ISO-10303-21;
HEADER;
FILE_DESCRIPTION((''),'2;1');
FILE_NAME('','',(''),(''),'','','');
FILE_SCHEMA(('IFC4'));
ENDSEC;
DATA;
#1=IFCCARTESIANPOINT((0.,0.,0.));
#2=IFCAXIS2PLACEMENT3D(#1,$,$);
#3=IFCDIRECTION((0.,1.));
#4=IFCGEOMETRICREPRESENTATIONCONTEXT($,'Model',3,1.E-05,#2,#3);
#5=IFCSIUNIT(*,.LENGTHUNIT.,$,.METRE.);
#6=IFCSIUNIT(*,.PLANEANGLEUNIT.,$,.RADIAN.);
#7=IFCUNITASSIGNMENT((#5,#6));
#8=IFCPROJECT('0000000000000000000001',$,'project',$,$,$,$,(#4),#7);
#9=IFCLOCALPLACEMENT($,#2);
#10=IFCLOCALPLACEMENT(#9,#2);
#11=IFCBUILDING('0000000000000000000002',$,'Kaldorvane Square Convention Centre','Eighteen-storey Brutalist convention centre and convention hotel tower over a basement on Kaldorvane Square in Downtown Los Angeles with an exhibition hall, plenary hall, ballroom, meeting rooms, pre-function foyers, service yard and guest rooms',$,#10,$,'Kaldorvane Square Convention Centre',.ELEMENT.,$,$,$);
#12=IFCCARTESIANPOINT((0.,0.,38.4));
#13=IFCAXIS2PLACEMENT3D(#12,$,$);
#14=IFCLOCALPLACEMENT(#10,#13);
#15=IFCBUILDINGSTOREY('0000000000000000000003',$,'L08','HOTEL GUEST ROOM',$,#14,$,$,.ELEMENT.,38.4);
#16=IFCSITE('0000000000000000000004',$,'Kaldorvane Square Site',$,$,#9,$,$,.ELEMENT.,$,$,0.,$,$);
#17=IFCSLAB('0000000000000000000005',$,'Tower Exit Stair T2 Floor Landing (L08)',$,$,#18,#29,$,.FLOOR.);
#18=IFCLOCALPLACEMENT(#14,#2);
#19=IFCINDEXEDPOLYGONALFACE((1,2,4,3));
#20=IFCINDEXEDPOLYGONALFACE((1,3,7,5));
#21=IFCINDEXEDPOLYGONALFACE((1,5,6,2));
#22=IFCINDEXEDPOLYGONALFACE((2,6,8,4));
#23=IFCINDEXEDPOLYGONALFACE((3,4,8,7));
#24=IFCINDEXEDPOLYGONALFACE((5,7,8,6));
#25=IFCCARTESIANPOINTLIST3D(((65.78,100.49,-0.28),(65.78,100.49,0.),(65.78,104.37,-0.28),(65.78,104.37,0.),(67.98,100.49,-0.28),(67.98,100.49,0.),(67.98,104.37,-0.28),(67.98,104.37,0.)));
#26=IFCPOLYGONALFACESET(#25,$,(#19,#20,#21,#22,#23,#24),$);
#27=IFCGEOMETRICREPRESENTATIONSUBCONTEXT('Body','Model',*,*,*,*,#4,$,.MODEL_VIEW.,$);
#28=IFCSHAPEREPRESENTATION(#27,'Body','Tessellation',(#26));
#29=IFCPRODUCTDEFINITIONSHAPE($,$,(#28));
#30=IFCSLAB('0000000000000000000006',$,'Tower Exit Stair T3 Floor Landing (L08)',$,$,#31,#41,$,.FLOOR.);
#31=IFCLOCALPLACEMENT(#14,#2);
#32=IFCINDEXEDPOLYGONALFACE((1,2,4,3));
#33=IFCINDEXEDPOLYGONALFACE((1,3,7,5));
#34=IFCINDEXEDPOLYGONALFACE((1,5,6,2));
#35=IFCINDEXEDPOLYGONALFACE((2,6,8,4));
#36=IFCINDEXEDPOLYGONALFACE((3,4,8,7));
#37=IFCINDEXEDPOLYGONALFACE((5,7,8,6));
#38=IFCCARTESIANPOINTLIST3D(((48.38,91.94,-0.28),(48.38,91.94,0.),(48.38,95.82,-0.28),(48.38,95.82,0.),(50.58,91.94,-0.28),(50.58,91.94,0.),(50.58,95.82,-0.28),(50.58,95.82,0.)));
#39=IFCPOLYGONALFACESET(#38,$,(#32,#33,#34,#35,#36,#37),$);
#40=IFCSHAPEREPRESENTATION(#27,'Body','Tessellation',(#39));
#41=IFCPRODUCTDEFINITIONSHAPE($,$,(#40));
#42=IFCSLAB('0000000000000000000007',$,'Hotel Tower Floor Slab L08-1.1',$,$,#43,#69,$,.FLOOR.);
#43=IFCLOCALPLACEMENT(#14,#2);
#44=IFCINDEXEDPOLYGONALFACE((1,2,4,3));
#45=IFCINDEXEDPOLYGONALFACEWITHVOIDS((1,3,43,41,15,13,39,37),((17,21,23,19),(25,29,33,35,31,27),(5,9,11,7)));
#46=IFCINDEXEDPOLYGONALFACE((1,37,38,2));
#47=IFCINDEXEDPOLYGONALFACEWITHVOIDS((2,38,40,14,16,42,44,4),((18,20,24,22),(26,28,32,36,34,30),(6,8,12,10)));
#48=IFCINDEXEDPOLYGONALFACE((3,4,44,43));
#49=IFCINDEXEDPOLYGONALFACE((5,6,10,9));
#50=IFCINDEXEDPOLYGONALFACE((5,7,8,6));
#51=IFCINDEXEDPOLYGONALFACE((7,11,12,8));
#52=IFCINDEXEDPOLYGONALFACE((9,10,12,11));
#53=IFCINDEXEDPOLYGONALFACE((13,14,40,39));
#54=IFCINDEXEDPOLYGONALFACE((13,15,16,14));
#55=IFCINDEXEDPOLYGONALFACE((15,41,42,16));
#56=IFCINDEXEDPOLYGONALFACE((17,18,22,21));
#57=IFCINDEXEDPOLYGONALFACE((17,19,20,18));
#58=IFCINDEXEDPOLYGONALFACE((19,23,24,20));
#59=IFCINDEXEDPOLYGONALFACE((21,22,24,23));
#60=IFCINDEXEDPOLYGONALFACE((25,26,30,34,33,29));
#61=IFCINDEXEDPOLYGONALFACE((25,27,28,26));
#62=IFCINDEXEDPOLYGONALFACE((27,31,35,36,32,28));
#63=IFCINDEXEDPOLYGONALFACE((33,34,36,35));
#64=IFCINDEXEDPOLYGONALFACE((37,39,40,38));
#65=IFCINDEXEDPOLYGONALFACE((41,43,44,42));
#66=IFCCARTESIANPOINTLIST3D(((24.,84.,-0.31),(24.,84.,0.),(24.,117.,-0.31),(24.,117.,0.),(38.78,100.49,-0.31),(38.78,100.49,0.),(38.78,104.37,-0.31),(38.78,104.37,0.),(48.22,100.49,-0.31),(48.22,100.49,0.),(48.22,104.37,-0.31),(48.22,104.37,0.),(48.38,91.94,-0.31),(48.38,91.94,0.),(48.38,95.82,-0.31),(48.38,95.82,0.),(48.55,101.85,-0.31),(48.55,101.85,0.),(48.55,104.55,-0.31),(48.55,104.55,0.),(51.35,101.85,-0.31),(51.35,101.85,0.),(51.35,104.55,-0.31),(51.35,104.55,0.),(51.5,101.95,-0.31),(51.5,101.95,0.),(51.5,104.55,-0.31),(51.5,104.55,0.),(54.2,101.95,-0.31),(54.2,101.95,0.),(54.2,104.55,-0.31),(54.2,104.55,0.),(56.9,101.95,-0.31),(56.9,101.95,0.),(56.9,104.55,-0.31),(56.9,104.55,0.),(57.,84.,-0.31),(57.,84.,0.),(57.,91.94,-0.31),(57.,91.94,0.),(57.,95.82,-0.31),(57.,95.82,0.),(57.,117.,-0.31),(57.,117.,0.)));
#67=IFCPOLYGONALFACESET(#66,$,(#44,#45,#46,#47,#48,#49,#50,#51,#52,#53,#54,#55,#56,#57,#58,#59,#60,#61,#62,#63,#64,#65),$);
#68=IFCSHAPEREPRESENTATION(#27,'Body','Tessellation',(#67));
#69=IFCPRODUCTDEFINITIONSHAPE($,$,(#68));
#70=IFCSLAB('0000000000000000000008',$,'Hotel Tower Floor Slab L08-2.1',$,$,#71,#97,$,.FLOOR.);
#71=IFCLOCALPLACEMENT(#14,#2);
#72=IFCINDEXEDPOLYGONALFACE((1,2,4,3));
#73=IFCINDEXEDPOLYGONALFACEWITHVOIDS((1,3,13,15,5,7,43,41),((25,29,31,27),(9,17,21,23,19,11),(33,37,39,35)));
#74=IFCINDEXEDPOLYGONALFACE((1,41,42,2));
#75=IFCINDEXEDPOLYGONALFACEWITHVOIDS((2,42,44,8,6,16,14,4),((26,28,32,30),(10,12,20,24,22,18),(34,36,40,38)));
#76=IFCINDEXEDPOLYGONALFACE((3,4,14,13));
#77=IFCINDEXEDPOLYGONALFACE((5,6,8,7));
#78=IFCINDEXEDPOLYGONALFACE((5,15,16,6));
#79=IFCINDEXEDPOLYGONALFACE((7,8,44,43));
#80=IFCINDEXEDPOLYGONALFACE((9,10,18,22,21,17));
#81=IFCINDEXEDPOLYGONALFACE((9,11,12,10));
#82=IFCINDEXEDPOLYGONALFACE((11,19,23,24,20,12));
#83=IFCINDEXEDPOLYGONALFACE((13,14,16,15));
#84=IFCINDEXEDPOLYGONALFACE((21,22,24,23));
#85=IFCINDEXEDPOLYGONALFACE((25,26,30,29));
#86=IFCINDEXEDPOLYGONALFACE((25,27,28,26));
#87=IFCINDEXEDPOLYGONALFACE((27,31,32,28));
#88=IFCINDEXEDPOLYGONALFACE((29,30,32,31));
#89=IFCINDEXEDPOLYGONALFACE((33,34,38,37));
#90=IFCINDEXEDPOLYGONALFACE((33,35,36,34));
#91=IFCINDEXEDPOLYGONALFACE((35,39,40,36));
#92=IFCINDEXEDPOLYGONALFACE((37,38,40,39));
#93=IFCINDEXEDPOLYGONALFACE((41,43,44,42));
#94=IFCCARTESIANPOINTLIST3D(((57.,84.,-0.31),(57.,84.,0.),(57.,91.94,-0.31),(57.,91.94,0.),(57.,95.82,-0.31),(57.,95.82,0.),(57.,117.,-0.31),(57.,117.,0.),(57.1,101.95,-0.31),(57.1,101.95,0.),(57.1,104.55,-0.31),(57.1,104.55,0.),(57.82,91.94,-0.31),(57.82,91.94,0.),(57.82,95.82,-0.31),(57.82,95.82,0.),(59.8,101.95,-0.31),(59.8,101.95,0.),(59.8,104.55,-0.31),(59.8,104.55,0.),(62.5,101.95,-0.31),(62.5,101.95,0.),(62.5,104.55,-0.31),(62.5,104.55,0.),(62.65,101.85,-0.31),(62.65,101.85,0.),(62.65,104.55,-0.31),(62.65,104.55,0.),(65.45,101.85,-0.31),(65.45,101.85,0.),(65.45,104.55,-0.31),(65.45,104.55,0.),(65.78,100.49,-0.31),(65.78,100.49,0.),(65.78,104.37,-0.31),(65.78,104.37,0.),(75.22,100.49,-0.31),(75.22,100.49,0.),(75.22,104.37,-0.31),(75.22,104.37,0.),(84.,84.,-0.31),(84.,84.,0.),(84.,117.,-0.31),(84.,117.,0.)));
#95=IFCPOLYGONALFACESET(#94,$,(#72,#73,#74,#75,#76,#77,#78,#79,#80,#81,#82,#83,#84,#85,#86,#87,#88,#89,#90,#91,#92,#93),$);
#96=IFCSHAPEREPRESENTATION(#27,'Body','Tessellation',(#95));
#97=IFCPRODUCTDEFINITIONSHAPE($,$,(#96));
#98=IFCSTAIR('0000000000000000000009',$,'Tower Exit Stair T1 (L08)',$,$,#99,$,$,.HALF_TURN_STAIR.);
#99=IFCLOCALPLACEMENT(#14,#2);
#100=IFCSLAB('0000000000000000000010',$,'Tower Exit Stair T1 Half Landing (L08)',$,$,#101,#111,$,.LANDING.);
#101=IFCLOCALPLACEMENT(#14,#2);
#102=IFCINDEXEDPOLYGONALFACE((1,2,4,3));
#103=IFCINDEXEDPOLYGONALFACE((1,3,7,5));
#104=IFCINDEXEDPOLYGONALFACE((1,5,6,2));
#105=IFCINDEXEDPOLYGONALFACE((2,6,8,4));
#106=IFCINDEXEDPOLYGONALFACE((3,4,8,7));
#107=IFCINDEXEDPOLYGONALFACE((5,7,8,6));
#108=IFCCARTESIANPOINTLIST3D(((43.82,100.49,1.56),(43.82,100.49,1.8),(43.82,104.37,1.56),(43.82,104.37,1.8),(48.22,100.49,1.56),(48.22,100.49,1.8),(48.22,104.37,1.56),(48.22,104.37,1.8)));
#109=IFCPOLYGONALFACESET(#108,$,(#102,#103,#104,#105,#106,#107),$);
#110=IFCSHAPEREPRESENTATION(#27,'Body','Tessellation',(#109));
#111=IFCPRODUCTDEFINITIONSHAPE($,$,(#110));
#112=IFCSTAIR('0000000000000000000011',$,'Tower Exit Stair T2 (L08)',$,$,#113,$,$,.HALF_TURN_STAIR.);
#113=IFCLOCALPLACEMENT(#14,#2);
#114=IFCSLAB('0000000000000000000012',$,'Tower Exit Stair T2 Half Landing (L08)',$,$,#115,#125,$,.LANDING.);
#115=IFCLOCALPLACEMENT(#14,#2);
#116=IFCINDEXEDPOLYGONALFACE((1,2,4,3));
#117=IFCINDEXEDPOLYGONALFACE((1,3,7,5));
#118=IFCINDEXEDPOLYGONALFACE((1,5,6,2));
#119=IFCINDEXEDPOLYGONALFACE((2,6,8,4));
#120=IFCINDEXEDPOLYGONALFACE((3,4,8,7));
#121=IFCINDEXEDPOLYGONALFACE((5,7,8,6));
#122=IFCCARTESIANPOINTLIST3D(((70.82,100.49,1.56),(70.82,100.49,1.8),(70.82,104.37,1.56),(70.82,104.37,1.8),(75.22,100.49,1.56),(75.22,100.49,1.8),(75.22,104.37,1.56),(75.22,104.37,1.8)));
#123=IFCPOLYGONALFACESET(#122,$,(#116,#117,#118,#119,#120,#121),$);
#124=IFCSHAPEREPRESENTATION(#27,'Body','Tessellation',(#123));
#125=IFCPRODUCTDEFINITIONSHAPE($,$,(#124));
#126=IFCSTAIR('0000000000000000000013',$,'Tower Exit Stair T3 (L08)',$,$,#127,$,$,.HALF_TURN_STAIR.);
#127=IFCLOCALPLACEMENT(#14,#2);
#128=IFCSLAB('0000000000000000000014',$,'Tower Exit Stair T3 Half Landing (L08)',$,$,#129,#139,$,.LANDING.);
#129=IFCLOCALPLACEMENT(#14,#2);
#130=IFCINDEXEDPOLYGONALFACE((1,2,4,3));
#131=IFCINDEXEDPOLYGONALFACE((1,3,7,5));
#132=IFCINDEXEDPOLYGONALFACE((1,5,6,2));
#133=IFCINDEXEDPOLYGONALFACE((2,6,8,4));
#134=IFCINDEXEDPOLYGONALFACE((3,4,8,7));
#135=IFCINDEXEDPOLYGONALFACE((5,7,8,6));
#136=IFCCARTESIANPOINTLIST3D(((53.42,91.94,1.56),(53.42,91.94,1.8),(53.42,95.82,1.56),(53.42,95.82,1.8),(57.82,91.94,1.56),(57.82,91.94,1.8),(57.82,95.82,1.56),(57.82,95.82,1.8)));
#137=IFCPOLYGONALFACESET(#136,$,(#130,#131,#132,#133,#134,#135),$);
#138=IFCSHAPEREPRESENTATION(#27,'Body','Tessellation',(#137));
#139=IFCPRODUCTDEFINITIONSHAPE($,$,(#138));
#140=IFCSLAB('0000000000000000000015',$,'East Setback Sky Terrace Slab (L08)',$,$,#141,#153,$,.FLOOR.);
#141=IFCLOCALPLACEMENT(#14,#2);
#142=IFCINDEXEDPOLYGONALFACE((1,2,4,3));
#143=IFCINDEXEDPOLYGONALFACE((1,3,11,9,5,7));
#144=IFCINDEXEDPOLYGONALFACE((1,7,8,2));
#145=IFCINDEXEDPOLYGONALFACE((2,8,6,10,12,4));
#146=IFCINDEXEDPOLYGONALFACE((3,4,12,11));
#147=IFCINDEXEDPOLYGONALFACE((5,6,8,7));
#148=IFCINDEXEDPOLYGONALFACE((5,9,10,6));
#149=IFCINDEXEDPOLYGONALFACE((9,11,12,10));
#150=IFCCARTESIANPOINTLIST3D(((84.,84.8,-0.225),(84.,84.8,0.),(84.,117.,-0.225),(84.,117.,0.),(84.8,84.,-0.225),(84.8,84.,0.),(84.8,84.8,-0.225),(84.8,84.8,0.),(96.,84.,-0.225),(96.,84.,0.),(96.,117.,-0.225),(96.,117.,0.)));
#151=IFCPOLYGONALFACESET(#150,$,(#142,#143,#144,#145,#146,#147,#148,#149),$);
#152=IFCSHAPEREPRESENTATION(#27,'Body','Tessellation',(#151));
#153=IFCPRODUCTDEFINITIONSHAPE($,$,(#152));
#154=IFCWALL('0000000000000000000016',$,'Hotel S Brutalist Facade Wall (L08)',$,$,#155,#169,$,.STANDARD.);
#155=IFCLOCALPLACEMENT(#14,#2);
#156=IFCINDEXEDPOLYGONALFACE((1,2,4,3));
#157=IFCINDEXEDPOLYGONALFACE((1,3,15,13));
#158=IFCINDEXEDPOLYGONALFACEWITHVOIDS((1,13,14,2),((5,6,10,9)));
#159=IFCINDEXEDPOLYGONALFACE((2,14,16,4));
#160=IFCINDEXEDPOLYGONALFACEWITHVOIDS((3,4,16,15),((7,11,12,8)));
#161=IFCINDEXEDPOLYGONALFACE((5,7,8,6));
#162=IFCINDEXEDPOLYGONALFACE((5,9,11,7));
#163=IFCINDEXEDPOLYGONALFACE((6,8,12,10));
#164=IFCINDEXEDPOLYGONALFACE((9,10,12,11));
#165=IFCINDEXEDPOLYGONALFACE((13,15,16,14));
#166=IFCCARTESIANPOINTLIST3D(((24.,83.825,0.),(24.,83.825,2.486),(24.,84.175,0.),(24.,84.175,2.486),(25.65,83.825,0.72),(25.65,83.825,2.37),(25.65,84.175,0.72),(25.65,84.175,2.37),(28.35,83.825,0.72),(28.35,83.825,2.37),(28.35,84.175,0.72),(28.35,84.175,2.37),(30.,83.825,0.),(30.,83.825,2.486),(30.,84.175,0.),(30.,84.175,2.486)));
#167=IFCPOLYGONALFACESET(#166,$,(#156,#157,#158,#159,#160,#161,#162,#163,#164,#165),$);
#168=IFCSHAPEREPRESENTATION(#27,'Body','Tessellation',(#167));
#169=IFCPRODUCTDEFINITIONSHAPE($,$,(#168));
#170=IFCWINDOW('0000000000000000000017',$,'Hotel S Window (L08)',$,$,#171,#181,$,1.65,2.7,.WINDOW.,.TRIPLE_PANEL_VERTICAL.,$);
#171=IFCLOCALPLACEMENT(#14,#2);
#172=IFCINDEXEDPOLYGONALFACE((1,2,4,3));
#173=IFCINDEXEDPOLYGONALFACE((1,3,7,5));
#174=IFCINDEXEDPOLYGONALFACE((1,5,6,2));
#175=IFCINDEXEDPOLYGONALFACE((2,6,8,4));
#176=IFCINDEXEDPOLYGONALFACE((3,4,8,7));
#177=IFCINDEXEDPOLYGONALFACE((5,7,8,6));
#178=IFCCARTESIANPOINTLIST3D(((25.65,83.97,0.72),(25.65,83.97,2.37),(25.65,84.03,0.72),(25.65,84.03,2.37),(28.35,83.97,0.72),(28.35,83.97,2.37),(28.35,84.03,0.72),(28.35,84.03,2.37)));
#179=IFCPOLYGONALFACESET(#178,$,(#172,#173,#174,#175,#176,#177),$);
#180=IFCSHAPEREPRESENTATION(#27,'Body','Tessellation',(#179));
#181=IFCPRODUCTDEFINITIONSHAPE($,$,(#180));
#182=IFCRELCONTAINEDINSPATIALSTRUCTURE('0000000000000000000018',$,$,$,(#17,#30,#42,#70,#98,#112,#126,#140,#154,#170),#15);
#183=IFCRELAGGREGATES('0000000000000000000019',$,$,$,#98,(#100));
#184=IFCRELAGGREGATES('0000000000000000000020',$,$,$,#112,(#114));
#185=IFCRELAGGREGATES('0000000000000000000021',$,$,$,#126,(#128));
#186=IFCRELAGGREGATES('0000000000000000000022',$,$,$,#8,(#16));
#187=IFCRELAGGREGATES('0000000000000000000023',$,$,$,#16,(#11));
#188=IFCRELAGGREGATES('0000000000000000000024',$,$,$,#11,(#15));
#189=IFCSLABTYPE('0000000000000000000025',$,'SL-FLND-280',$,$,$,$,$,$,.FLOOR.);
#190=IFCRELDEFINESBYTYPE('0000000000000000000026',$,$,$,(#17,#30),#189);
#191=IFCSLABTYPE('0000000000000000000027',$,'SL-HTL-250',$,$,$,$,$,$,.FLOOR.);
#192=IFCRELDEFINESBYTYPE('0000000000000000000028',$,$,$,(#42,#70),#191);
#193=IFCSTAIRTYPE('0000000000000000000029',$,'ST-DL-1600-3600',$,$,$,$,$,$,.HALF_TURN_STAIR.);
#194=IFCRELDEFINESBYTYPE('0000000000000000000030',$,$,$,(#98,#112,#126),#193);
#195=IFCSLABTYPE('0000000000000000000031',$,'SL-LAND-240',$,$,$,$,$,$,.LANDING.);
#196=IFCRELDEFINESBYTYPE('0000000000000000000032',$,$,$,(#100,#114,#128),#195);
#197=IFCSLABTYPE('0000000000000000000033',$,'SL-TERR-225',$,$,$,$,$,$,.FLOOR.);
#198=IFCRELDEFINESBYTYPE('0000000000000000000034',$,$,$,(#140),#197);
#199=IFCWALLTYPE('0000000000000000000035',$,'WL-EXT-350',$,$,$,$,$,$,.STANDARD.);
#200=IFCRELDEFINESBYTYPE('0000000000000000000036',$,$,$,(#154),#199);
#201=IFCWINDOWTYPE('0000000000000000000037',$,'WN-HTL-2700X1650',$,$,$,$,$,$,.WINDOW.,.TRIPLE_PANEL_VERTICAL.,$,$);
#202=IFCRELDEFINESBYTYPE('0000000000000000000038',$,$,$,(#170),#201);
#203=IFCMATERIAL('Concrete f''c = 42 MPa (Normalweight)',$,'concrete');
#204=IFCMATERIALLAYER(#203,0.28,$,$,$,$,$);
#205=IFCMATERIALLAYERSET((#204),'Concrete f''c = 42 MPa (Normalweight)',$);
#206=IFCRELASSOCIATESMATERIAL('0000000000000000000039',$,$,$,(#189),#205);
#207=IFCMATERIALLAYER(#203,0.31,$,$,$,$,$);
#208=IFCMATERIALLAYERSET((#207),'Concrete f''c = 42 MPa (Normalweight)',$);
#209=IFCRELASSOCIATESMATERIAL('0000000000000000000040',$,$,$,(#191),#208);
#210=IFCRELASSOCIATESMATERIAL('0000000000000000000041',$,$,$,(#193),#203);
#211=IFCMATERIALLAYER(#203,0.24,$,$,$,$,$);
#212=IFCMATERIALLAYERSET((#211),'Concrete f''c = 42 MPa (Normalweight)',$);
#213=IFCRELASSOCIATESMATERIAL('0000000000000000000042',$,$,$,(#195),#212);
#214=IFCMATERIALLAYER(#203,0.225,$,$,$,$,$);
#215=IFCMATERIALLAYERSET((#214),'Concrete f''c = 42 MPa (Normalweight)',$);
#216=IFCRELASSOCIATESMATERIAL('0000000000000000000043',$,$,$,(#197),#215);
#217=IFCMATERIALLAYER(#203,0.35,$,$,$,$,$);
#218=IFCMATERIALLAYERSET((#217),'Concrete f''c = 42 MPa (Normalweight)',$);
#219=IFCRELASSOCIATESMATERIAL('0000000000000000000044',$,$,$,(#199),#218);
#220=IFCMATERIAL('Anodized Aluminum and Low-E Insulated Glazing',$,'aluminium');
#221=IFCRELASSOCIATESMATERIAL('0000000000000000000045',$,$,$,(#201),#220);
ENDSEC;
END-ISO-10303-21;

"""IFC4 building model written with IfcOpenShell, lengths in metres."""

from ifc_helpers import new_model, si_unit, direction, frame, frame_2d, origin, place, context, subcontext, project, spatial, polyline, rectangle, outline, extrude, material, layer, layer_set, type_object, element, fill, aggregate, save


model = new_model("IFC4")

# Units and contexts
model_context = context("Model", 3, precision=1e-05, world=origin(), true_north=direction((0.0, 1.0)))
body_context = subcontext(model_context, "Body", "Model", "MODEL_VIEW")
ifc_project = project(units=[si_unit("LENGTHUNIT", "METRE"), si_unit("PLANEANGLEUNIT", "RADIAN")], contexts=[model_context])

# Site, building, storey
site_placement = place(None, origin())
site = spatial("IfcSite", under=ifc_project, at=site_placement, Name="Kaldorvane Square Site", CompositionType="ELEMENT", RefElevation=0.0)
building_placement = place(site_placement, origin())
building = spatial("IfcBuilding", under=site, at=building_placement, Name="Kaldorvane Square Convention Centre", Description="Eighteen-storey Brutalist convention centre and convention hotel tower over a basement on Kaldorvane Square in Downtown Los Angeles with an exhibition hall, plenary hall, ballroom, meeting rooms, pre-function foyers, service yard and guest rooms", LongName="Kaldorvane Square Convention Centre", CompositionType="ELEMENT")
storey_placement = place(building_placement, frame((0.0, 0.0, 38.4)))
storey = spatial("IfcBuildingStorey", under=building, at=storey_placement, Name="L08", Description="HOTEL GUEST ROOM", CompositionType="ELEMENT", Elevation=38.4)

# Shared definitions
ifc_material_1 = material(Name="Concrete f'c = 42 MPa (Normalweight)", Category="concrete")

# Slabs
ifc_layer_1 = layer(ifc_material_1, 0.28)
ifc_layer_set_1 = layer_set([ifc_layer_1], Name="Concrete f'c = 42 MPa (Normalweight)")
slab_type_1 = type_object("IfcSlabType", Name="SL-FLND-280", PredefinedType="FLOOR", material=ifc_layer_set_1)
slab_1_placement = place(storey_placement, frame((0.0, 0.0, -0.28)))
element("IfcSlab", 1, at=slab_1_placement, inside=storey, type_object=slab_type_1, Name="Tower Exit Stair T2 Floor Landing (L08)", PredefinedType="FLOOR", context=body_context, shape_type="SweptSolid", body=[
    extrude(outline(polyline([(65.78, 100.49), (67.98, 100.49), (67.98, 104.37), (65.78, 104.37), (65.78, 100.49)])), origin(), (0.0, 0.0, 1.0), 0.28),
])
slab_2_placement = place(storey_placement, frame((0.0, 0.0, -0.28)))
element("IfcSlab", 2, at=slab_2_placement, inside=storey, type_object=slab_type_1, Name="Tower Exit Stair T3 Floor Landing (L08)", PredefinedType="FLOOR", context=body_context, shape_type="SweptSolid", body=[
    extrude(outline(polyline([(48.38, 91.94), (50.58, 91.94), (50.58, 95.82), (48.38, 95.82), (48.38, 91.94)])), origin(), (0.0, 0.0, 1.0), 0.28),
])
ifc_layer_2 = layer(ifc_material_1, 0.31)
ifc_layer_set_2 = layer_set([ifc_layer_2], Name="Concrete f'c = 42 MPa (Normalweight)")
slab_type_2 = type_object("IfcSlabType", Name="SL-HTL-250", PredefinedType="FLOOR", material=ifc_layer_set_2)
slab_3_placement = place(storey_placement, frame((0.0, 0.0, -0.31)))
element("IfcSlab", 3, at=slab_3_placement, inside=storey, type_object=slab_type_2, Name="Hotel Tower Floor Slab L08-1.1", PredefinedType="FLOOR", context=body_context, shape_type="SweptSolid", body=[
    extrude(outline(polyline([(24.0, 117.0), (57.0, 117.0), (57.0, 95.82), (48.38, 95.82), (48.38, 91.94), (57.0, 91.94), (57.0, 84.0), (24.0, 84.0), (24.0, 117.0)]), holes=[polyline([(38.78, 104.37), (38.78, 100.49), (48.22, 100.49), (48.22, 104.37), (38.78, 104.37)]), polyline([(48.55, 104.55), (48.55, 101.85), (51.35, 101.85), (51.35, 104.55), (48.55, 104.55)]), polyline([(51.5, 104.55), (51.5, 101.95), (54.2, 101.95), (56.9, 101.95), (56.9, 104.55), (54.2, 104.55), (51.5, 104.55)])]), origin(), (0.0, 0.0, 1.0), 0.31),
])
slab_4_placement = place(storey_placement, frame((0.0, 0.0, -0.31)))
element("IfcSlab", 4, at=slab_4_placement, inside=storey, type_object=slab_type_2, Name="Hotel Tower Floor Slab L08-2.1", PredefinedType="FLOOR", context=body_context, shape_type="SweptSolid", body=[
    extrude(outline(polyline([(84.0, 117.0), (84.0, 84.0), (57.0, 84.0), (57.0, 91.94), (57.82, 91.94), (57.82, 95.82), (57.0, 95.82), (57.0, 117.0), (84.0, 117.0)]), holes=[polyline([(65.78, 104.37), (65.78, 100.49), (75.22, 100.49), (75.22, 104.37), (65.78, 104.37)]), polyline([(62.65, 104.55), (62.65, 101.85), (65.45, 101.85), (65.45, 104.55), (62.65, 104.55)]), polyline([(57.1, 104.55), (57.1, 101.95), (59.8, 101.95), (62.5, 101.95), (62.5, 104.55), (59.8, 104.55), (57.1, 104.55)])]), origin(), (0.0, 0.0, 1.0), 0.31),
])

# Stairs, slabs
stair_type = type_object("IfcStairType", Name="ST-DL-1600-3600", PredefinedType="HALF_TURN_STAIR", material=ifc_material_1)
stair_1_placement = place(storey_placement, origin())
stair_1 = element("IfcStair", 5, at=stair_1_placement, inside=storey, type_object=stair_type, Name="Tower Exit Stair T1 (L08)", PredefinedType="HALF_TURN_STAIR")
ifc_layer_3 = layer(ifc_material_1, 0.24)
ifc_layer_set_3 = layer_set([ifc_layer_3], Name="Concrete f'c = 42 MPa (Normalweight)")
slab_type_3 = type_object("IfcSlabType", Name="SL-LAND-240", PredefinedType="LANDING", material=ifc_layer_set_3)
slab_5_placement = place(storey_placement, frame((0.0, 0.0, 1.56)))
slab_5 = element("IfcSlab", 6, at=slab_5_placement, type_object=slab_type_3, Name="Tower Exit Stair T1 Half Landing (L08)", PredefinedType="LANDING", context=body_context, shape_type="SweptSolid", body=[
    extrude(outline(polyline([(43.82, 100.49), (48.22, 100.49), (48.22, 104.37), (43.82, 104.37), (43.82, 100.49)])), origin(), (0.0, 0.0, 1.0), 0.24),
])
aggregate(stair_1, [slab_5])
stair_2_placement = place(storey_placement, origin())
stair_2 = element("IfcStair", 7, at=stair_2_placement, inside=storey, type_object=stair_type, Name="Tower Exit Stair T2 (L08)", PredefinedType="HALF_TURN_STAIR")
slab_6_placement = place(storey_placement, frame((0.0, 0.0, 1.56)))
slab_6 = element("IfcSlab", 8, at=slab_6_placement, type_object=slab_type_3, Name="Tower Exit Stair T2 Half Landing (L08)", PredefinedType="LANDING", context=body_context, shape_type="SweptSolid", body=[
    extrude(outline(polyline([(70.82, 100.49), (75.22, 100.49), (75.22, 104.37), (70.82, 104.37), (70.82, 100.49)])), origin(), (0.0, 0.0, 1.0), 0.24),
])
aggregate(stair_2, [slab_6])
stair_3_placement = place(storey_placement, origin())
stair_3 = element("IfcStair", 9, at=stair_3_placement, inside=storey, type_object=stair_type, Name="Tower Exit Stair T3 (L08)", PredefinedType="HALF_TURN_STAIR")
slab_7_placement = place(storey_placement, frame((0.0, 0.0, 1.56)))
slab_7 = element("IfcSlab", 10, at=slab_7_placement, type_object=slab_type_3, Name="Tower Exit Stair T3 Half Landing (L08)", PredefinedType="LANDING", context=body_context, shape_type="SweptSolid", body=[
    extrude(outline(polyline([(53.42, 91.94), (57.82, 91.94), (57.82, 95.82), (53.42, 95.82), (53.42, 91.94)])), origin(), (0.0, 0.0, 1.0), 0.24),
])
aggregate(stair_3, [slab_7])

# Slab
ifc_layer_4 = layer(ifc_material_1, 0.225)
ifc_layer_set_4 = layer_set([ifc_layer_4], Name="Concrete f'c = 42 MPa (Normalweight)")
slab_type_4 = type_object("IfcSlabType", Name="SL-TERR-225", PredefinedType="FLOOR", material=ifc_layer_set_4)
slab_8_placement = place(storey_placement, frame((0.0, 0.0, -0.225)))
element("IfcSlab", 11, at=slab_8_placement, inside=storey, type_object=slab_type_4, Name="East Setback Sky Terrace Slab (L08)", PredefinedType="FLOOR", context=body_context, shape_type="SweptSolid", body=[
    extrude(outline(polyline([(84.0, 117.0), (96.0, 117.0), (96.0, 84.0), (84.8, 84.0), (84.8, 84.8), (84.0, 84.8), (84.0, 117.0)])), origin(), (0.0, 0.0, 1.0), 0.225),
])

# Wall, opening, window
ifc_layer_5 = layer(ifc_material_1, 0.35)
ifc_layer_set_5 = layer_set([ifc_layer_5], Name="Concrete f'c = 42 MPa (Normalweight)")
wall_type = type_object("IfcWallType", Name="WL-EXT-350", PredefinedType="STANDARD", material=ifc_layer_set_5)
wall_1_placement = place(storey_placement, frame((24.0, 84.0, 0.0), z_axis=(0.0, 0.0, 1.0), x_axis=(1.0, 0.0, 0.0)))
wall_1 = element("IfcWall", 12, at=wall_1_placement, inside=storey, type_object=wall_type, Name="Hotel S Brutalist Facade Wall (L08)", PredefinedType="STANDARD", context=body_context, shape_type="SweptSolid", body=[
    extrude(rectangle(XDim=6.0, YDim=0.35, at=frame_2d((3.0, 0.0))), origin(), (0.0, 0.0, 1.0), 2.486),
])
opening_1_placement = place(wall_1_placement, frame((1.65, 0.0, 0.72)))
opening_1 = element("IfcOpeningElement", 13, at=opening_1_placement, cuts=wall_1, PredefinedType="OPENING", context=body_context, shape_type="SweptSolid", body=[
    extrude(rectangle(XDim=2.7, YDim=1.65, at=frame_2d((1.35, 0.825))), frame((0.0, 0.19, 0.0), z_axis=(0.0, -1.0, 0.0), x_axis=(1.0, 0.0, 0.0)), (0.0, 0.0, 1.0), 0.38),
])
ifc_material_2 = material(Name="Anodized Aluminum and Low-E Insulated Glazing", Category="aluminium")
window_type = type_object("IfcWindowType", Name="WN-HTL-2700X1650", PartitioningType="TRIPLE_PANEL_VERTICAL", PredefinedType="WINDOW", material=ifc_material_2)
window_1_placement = place(opening_1_placement, origin())
window_1 = element("IfcWindow", 14, at=window_1_placement, inside=storey, type_object=window_type, Name="Hotel S Window (L08)", OverallHeight=1.65, OverallWidth=2.7, PartitioningType="TRIPLE_PANEL_VERTICAL", PredefinedType="WINDOW", context=body_context, shape_type="SweptSolid", body=[
    extrude(rectangle(XDim=2.7, YDim=1.65, at=frame_2d((1.35, 0.825))), frame((0.0, 0.03, 0.0), z_axis=(0.0, -1.0, 0.0), x_axis=(1.0, 0.0, 0.0)), (0.0, 0.0, 1.0), 0.06),
])
fill(opening_1, window_1)

save(model, "model.ifc")
